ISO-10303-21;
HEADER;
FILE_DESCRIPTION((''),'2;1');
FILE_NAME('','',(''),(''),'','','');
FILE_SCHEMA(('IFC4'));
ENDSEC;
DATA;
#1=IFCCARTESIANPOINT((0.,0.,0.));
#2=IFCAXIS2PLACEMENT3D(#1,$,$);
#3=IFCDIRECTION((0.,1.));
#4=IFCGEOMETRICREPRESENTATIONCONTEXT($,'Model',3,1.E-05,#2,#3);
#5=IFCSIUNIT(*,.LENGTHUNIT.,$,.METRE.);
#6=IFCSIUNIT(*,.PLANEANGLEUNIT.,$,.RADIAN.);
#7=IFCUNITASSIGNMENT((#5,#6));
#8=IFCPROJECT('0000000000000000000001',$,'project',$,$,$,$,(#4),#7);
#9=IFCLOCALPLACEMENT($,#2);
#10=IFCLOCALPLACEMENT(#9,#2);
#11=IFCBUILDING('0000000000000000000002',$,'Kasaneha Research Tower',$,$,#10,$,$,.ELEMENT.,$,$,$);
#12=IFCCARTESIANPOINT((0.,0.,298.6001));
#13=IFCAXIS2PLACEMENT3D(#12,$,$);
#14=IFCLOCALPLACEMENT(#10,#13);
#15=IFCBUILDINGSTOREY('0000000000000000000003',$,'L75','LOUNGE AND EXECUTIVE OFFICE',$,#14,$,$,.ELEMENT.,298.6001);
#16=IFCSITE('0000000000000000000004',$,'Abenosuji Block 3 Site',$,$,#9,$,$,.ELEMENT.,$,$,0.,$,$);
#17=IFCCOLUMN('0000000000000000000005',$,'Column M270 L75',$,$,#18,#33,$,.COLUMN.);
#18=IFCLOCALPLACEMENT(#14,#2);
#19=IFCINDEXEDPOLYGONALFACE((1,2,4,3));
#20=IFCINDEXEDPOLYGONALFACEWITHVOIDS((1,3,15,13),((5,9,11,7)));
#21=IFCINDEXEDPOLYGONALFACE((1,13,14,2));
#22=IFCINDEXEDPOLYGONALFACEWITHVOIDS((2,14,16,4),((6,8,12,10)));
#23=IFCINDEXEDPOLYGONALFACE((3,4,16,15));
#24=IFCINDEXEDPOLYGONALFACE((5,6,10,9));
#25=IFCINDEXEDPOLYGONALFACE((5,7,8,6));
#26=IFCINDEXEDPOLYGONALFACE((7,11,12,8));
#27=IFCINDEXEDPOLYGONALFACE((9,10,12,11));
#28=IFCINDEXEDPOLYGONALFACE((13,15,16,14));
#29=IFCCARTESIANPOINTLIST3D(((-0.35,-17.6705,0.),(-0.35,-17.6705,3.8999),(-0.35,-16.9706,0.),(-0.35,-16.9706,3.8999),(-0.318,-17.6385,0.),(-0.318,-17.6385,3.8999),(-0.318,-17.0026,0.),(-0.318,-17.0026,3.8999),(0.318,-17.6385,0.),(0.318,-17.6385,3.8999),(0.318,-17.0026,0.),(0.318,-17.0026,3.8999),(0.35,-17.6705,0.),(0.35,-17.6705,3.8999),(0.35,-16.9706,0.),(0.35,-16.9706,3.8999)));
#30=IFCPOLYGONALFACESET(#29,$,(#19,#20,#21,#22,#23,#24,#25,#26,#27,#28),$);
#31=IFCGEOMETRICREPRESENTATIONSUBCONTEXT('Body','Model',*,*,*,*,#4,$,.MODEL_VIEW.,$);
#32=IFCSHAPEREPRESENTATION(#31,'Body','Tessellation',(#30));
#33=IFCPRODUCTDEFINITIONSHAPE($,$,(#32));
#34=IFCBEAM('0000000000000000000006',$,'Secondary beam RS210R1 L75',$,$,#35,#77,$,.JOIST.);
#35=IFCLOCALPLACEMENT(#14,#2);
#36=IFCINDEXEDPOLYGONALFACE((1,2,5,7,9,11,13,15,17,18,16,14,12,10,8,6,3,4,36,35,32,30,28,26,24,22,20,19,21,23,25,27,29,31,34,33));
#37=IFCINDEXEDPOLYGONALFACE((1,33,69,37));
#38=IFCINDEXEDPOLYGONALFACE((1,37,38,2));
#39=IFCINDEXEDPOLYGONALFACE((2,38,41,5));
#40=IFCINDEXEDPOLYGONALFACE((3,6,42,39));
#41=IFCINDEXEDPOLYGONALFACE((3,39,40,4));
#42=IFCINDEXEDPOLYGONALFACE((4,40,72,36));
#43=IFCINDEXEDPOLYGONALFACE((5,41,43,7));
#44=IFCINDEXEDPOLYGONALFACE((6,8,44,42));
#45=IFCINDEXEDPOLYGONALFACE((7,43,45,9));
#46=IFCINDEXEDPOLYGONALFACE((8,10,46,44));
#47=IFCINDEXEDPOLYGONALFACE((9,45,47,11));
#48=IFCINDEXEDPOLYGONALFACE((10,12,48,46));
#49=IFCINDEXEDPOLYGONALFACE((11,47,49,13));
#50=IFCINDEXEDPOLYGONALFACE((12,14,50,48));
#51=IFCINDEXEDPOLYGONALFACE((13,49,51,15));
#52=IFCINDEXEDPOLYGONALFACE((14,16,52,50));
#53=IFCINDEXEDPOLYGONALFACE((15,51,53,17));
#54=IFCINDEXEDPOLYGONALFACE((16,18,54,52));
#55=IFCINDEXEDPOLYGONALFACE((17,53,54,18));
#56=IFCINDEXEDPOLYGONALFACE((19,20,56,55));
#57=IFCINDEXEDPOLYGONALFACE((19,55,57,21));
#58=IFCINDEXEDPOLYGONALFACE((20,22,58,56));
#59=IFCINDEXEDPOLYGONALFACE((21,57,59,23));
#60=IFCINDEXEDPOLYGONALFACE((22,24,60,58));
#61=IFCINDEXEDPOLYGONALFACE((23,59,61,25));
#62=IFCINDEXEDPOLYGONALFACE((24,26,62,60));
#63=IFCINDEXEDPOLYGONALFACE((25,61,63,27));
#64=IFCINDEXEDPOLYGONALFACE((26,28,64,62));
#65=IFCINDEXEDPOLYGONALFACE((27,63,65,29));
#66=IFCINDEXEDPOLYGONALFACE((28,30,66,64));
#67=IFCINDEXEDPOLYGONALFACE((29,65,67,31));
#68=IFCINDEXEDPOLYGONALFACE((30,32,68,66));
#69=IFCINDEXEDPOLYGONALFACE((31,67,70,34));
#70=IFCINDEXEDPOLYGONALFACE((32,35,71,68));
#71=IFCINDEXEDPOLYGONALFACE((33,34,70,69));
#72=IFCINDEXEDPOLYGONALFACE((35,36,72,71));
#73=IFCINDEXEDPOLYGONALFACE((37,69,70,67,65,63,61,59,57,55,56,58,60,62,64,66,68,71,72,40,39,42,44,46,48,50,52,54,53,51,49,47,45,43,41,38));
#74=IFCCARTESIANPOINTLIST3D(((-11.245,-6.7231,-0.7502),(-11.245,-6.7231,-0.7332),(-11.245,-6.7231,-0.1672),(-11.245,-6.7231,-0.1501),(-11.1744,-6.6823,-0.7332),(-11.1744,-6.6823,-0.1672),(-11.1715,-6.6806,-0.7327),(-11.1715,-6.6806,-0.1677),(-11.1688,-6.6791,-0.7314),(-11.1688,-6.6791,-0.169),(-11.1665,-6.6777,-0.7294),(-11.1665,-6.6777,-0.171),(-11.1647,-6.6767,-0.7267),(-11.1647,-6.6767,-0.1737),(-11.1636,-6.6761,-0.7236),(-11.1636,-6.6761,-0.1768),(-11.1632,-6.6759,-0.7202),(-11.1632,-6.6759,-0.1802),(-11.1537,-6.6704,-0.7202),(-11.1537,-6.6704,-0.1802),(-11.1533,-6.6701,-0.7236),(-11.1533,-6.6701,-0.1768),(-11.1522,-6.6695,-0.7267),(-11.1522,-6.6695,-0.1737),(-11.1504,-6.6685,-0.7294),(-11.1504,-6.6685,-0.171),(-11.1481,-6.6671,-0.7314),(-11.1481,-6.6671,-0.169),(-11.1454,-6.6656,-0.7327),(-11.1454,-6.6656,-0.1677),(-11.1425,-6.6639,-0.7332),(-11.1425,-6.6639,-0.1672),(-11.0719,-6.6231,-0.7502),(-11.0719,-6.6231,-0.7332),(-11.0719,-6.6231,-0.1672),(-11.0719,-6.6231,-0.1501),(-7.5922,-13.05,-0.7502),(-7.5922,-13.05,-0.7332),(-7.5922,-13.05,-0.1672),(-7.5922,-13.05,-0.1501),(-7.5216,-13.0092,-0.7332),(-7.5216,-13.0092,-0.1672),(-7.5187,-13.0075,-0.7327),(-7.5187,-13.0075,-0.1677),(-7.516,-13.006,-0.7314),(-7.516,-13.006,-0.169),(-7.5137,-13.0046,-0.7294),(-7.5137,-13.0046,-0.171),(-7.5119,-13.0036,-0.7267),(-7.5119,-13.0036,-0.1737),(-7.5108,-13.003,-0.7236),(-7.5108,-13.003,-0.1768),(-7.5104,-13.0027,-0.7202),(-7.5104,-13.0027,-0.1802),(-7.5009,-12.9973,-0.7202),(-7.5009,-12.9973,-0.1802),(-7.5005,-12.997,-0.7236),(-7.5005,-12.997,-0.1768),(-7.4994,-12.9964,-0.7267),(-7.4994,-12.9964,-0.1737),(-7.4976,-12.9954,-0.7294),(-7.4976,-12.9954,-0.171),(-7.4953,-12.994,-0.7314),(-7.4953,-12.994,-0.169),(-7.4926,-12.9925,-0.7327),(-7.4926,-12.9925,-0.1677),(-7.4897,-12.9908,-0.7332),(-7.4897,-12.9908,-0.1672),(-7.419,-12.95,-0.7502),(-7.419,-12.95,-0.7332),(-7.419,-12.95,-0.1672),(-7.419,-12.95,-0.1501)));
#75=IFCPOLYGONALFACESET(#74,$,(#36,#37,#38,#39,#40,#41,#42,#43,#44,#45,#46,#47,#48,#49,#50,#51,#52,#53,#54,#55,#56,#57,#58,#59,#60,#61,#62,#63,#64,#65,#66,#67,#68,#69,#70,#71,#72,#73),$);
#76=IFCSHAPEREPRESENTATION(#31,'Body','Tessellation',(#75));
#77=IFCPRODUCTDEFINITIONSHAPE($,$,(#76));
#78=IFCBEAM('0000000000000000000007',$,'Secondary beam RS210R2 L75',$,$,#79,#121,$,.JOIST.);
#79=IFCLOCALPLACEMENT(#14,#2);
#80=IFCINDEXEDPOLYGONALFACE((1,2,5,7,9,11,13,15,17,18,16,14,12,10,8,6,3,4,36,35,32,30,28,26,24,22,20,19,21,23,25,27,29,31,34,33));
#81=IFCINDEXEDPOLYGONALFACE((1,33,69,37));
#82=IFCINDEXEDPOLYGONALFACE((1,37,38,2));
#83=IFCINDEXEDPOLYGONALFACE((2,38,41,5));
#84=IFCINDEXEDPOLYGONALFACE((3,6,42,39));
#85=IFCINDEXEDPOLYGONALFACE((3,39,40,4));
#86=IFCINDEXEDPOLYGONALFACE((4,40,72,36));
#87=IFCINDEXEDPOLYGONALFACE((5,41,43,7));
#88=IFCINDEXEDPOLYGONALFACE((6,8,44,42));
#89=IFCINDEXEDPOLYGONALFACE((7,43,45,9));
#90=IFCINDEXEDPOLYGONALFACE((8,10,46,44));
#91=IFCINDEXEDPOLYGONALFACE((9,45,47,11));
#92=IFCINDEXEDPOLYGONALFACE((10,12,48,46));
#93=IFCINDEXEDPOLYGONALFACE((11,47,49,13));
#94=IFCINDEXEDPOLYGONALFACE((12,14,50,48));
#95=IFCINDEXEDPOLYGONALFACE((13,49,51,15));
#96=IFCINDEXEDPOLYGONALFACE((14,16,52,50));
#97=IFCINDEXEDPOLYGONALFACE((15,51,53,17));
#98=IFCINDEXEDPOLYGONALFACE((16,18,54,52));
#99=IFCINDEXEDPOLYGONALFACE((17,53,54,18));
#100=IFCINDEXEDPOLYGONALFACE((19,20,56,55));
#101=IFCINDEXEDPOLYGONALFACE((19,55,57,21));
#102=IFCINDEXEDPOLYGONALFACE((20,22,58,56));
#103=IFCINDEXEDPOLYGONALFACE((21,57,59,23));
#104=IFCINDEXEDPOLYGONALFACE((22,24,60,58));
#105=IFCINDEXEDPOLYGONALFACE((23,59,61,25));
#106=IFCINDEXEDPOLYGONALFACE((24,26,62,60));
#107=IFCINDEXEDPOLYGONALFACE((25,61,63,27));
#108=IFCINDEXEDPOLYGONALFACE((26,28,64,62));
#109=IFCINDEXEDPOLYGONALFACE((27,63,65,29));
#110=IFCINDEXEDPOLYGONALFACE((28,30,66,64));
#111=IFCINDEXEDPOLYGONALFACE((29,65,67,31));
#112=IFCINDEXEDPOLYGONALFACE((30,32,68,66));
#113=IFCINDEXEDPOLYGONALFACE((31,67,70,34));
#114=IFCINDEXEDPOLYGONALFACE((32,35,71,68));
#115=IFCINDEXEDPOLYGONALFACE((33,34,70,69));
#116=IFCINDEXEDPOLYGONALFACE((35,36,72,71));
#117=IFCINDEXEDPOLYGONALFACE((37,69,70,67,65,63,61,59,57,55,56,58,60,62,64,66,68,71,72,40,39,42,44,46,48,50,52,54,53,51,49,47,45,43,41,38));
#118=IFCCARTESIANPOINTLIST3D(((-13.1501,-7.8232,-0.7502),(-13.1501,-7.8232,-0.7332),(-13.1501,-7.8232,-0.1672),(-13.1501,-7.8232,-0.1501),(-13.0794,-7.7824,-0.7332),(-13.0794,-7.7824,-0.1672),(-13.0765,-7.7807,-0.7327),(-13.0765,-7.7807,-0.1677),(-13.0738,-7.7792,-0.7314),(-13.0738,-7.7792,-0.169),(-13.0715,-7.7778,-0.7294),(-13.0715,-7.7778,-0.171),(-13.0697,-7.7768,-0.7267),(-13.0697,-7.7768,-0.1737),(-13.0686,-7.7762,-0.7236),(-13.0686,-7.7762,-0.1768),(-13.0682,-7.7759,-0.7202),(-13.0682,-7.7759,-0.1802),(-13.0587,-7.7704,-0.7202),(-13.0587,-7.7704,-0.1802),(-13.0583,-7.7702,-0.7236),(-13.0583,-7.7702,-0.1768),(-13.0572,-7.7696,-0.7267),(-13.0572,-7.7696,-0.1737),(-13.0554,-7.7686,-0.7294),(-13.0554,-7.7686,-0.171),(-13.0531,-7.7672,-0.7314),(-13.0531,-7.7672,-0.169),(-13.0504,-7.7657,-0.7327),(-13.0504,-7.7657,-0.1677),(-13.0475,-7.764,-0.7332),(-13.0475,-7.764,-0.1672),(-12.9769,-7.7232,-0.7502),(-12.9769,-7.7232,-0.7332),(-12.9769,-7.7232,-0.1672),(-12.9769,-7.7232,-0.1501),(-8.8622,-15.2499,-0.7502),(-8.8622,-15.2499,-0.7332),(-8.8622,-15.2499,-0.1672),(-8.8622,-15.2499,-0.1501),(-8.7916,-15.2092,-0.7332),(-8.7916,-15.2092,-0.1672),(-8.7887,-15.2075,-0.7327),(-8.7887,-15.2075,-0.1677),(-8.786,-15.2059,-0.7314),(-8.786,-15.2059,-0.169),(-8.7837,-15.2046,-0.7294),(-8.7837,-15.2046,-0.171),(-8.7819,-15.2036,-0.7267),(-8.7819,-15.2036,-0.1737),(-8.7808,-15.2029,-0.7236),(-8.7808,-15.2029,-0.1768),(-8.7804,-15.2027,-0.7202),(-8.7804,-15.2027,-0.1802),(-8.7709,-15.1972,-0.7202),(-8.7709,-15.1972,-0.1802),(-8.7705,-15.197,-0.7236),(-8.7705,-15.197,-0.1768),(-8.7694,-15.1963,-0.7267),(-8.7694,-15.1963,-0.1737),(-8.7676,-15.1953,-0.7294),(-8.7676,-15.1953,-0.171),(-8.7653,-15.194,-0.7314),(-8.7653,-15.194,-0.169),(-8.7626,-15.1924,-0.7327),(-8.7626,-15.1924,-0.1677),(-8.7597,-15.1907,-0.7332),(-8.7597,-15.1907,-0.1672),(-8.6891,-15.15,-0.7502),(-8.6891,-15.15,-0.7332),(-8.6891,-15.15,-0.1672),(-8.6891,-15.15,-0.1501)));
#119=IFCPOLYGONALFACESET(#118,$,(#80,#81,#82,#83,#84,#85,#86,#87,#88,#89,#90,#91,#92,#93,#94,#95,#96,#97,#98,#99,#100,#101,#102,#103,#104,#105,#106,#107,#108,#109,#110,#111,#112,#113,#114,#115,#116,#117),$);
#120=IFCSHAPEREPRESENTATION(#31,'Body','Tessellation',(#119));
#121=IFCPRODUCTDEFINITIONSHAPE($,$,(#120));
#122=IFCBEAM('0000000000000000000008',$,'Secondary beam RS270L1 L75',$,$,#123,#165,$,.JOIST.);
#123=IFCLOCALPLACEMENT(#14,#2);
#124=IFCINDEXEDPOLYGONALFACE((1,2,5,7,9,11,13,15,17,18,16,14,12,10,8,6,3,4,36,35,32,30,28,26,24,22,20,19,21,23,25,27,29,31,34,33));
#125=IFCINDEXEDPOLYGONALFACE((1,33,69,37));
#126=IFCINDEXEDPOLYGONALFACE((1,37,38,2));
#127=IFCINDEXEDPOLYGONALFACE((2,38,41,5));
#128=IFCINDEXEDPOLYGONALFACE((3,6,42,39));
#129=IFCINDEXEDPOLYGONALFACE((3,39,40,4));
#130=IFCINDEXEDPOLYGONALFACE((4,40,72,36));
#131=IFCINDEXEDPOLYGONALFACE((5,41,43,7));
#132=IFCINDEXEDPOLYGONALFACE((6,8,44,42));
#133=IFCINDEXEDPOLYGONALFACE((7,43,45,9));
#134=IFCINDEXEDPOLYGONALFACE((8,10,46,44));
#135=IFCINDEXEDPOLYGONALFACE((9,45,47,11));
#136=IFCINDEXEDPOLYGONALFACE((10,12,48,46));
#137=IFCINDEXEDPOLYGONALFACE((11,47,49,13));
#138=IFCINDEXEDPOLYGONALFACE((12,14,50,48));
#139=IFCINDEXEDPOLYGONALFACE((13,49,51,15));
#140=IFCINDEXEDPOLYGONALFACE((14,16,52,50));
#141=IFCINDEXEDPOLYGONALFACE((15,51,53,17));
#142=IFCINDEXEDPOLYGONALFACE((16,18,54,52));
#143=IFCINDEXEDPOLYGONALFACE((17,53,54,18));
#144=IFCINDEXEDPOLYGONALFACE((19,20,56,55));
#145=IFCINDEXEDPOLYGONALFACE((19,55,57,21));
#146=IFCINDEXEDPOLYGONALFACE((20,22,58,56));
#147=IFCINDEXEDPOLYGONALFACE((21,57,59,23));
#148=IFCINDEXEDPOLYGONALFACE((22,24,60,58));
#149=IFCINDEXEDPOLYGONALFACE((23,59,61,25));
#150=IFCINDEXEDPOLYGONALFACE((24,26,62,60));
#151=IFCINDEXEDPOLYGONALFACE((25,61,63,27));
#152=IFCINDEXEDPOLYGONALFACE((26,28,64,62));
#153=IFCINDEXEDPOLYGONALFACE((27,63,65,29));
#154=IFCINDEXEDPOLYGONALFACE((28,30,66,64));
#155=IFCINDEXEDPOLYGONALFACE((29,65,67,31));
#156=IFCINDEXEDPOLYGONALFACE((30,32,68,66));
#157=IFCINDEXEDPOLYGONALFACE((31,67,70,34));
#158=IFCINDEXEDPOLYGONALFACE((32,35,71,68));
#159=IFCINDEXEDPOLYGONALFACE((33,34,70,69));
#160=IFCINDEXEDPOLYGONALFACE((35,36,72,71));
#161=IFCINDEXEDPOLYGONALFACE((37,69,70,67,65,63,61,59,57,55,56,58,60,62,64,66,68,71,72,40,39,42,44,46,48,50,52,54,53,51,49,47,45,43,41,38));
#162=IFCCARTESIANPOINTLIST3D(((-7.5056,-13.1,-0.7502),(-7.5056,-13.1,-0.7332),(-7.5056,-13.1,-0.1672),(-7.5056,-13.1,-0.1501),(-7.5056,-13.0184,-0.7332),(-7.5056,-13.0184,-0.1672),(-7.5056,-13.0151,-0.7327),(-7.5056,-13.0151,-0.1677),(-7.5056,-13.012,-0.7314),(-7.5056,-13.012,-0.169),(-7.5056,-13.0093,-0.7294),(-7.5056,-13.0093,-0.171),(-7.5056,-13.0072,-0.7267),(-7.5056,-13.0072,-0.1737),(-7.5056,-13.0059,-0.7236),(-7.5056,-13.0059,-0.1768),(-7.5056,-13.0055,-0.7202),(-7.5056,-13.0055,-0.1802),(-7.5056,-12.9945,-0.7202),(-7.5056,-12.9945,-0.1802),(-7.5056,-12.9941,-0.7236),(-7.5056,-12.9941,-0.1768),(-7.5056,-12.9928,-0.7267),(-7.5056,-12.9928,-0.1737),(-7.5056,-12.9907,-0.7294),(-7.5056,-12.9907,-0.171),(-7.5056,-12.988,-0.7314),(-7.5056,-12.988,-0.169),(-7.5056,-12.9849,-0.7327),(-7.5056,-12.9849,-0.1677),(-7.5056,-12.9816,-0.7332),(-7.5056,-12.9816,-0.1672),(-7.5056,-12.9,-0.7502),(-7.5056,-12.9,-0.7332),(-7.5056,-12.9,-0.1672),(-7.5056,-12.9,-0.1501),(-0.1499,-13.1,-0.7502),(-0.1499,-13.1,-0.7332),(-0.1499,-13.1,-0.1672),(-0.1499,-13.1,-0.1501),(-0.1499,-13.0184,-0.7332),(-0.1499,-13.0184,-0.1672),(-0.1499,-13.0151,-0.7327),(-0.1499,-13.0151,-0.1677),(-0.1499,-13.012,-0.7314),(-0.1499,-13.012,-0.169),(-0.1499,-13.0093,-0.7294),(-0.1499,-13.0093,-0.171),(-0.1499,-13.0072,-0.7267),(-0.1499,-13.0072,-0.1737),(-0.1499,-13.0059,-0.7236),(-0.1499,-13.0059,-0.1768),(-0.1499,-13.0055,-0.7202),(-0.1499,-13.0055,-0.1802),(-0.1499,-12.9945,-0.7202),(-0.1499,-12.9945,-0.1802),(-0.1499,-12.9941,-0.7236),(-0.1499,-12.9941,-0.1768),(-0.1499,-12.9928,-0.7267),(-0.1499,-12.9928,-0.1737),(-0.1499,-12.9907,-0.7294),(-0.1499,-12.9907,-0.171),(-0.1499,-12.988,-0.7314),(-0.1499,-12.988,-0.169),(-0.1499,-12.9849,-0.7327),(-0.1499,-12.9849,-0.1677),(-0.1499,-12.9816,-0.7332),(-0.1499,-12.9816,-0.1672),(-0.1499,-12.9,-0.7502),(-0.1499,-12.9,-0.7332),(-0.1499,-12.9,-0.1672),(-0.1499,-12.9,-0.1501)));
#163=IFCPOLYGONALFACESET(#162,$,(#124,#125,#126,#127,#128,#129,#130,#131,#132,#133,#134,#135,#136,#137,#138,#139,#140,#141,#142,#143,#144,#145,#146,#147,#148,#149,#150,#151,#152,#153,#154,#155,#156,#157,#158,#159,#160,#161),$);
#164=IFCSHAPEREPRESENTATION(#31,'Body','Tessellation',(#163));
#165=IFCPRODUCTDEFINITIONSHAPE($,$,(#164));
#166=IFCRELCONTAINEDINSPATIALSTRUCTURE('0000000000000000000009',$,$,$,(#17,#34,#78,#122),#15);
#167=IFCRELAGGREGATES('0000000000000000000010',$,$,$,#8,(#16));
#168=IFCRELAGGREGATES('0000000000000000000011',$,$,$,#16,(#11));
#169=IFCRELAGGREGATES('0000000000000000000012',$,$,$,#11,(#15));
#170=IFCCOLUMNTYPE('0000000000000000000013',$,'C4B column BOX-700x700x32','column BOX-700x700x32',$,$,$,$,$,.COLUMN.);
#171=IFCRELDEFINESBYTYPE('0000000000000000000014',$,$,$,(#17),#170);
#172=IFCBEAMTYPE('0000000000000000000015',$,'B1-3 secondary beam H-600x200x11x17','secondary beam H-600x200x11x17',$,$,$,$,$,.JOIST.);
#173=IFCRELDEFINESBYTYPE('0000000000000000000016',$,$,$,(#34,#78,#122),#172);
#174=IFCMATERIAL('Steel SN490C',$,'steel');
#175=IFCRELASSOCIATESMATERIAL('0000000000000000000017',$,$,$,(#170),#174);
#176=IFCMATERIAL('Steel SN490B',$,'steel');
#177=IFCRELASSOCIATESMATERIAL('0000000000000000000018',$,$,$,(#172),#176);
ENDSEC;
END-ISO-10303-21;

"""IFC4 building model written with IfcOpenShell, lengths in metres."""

from ifc_helpers import new_model, si_unit, direction, frame, origin, origin_2d, place, context, subcontext, project, spatial, hollow_rectangle, i_section, extrude, material, material_profile, profile_set, type_object, element, save


model = new_model("IFC4")

# Units and contexts
model_context = context("Model", 3, precision=1e-05, world=origin(), true_north=direction((0.0, 1.0)))
body_context = subcontext(model_context, "Body", "Model", "MODEL_VIEW")
ifc_project = project(units=[si_unit("LENGTHUNIT", "METRE"), si_unit("PLANEANGLEUNIT", "RADIAN")], contexts=[model_context])

# Site, building, storey
site_placement = place(None, origin())
site = spatial("IfcSite", under=ifc_project, at=site_placement, Name="Abenosuji Block 3 Site", CompositionType="ELEMENT", RefElevation=0.0)
building_placement = place(site_placement, origin())
building = spatial("IfcBuilding", under=site, at=building_placement, Name="Kasaneha Research Tower", CompositionType="ELEMENT")
storey_placement = place(building_placement, frame((0.0, 0.0, 298.6001)))
storey = spatial("IfcBuildingStorey", under=building, at=storey_placement, Name="L75", Description="LOUNGE AND EXECUTIVE OFFICE", CompositionType="ELEMENT", Elevation=298.6001)

# Column
ifc_material_1 = material(Name="Steel SN490C", Category="steel")
ifc_material_profile_1 = material_profile(ifc_material_1, hollow_rectangle(XDim=0.7, YDim=0.7, WallThickness=0.032, at=origin_2d()), Name="BOX-700x700x32")
ifc_profile_set_1 = profile_set([ifc_material_profile_1], Name="Steel SN490C")
column_type = type_object("IfcColumnType", Name="C4B column BOX-700x700x32", Description="column BOX-700x700x32", PredefinedType="COLUMN", material=ifc_profile_set_1)
column_placement = place(storey_placement, frame((0.0, -17.3206, 0.0), z_axis=(0.0, 0.0, 1.0), x_axis=(1.0, 0.0, 0.0)))
element("IfcColumn", 1, at=column_placement, inside=storey, type_object=column_type, Name="Column M270 L75", PredefinedType="COLUMN", context=body_context, shape_type="SweptSolid", body=[
    extrude(hollow_rectangle(XDim=0.7, YDim=0.7, WallThickness=0.032, at=origin_2d()), origin(), (0.0, 0.0, 1.0), 3.8999),
])

# Beams
ifc_material_2 = material(Name="Steel SN490B", Category="steel")
ifc_material_profile_2 = material_profile(ifc_material_2, i_section(OverallWidth=0.2, OverallDepth=0.6001, WebThickness=0.011, FlangeThickness=0.0171, FilletRadius=0.0129, at=origin_2d()), Name="H-600x200x11x17")
ifc_profile_set_2 = profile_set([ifc_material_profile_2], Name="Steel SN490B")
beam_type_1 = type_object("IfcBeamType", Name="B1-3 secondary beam H-600x200x11x17", Description="secondary beam H-600x200x11x17", PredefinedType="JOIST", material=ifc_profile_set_2)
beam_1_placement = place(storey_placement, frame((-7.5056, -13.0, -0.4502), z_axis=(-0.499999, 0.866026, 0.0), x_axis=(-0.866026, -0.499999, 0.0)))
element("IfcBeam", 2, at=beam_1_placement, inside=storey, type_object=beam_type_1, Name="Secondary beam RS210R1 L75", PredefinedType="JOIST", context=body_context, shape_type="SweptSolid", body=[
    extrude(i_section(OverallWidth=0.2, OverallDepth=0.6001, WebThickness=0.011, FlangeThickness=0.0171, FilletRadius=0.0129, at=origin_2d()), origin(), (0.0, 0.0, 1.0), 7.3057),
])
beam_2_placement = place(storey_placement, frame((-8.7756, -15.2, -0.4502), z_axis=(-0.5, 0.866025, 0.0), x_axis=(-0.866025, -0.5, 0.0)))
element("IfcBeam", 3, at=beam_2_placement, inside=storey, type_object=beam_type_1, Name="Secondary beam RS210R2 L75", PredefinedType="JOIST", context=body_context, shape_type="SweptSolid", body=[
    extrude(i_section(OverallWidth=0.2, OverallDepth=0.6001, WebThickness=0.011, FlangeThickness=0.0171, FilletRadius=0.0129, at=origin_2d()), origin(), (0.0, 0.0, 1.0), 8.5757),
])
beam_3_placement = place(storey_placement, frame((-7.5056, -13.0, -0.4502), z_axis=(1.0, 0.0, 0.0), x_axis=(0.0, 1.0, 0.0)))
element("IfcBeam", 4, at=beam_3_placement, inside=storey, type_object=beam_type_1, Name="Secondary beam RS270L1 L75", PredefinedType="JOIST", context=body_context, shape_type="SweptSolid", body=[
    extrude(i_section(OverallWidth=0.2, OverallDepth=0.6001, WebThickness=0.011, FlangeThickness=0.0171, FilletRadius=0.0129, at=origin_2d()), origin(), (0.0, 0.0, 1.0), 7.3557),
])

save(model, "model.ifc")
